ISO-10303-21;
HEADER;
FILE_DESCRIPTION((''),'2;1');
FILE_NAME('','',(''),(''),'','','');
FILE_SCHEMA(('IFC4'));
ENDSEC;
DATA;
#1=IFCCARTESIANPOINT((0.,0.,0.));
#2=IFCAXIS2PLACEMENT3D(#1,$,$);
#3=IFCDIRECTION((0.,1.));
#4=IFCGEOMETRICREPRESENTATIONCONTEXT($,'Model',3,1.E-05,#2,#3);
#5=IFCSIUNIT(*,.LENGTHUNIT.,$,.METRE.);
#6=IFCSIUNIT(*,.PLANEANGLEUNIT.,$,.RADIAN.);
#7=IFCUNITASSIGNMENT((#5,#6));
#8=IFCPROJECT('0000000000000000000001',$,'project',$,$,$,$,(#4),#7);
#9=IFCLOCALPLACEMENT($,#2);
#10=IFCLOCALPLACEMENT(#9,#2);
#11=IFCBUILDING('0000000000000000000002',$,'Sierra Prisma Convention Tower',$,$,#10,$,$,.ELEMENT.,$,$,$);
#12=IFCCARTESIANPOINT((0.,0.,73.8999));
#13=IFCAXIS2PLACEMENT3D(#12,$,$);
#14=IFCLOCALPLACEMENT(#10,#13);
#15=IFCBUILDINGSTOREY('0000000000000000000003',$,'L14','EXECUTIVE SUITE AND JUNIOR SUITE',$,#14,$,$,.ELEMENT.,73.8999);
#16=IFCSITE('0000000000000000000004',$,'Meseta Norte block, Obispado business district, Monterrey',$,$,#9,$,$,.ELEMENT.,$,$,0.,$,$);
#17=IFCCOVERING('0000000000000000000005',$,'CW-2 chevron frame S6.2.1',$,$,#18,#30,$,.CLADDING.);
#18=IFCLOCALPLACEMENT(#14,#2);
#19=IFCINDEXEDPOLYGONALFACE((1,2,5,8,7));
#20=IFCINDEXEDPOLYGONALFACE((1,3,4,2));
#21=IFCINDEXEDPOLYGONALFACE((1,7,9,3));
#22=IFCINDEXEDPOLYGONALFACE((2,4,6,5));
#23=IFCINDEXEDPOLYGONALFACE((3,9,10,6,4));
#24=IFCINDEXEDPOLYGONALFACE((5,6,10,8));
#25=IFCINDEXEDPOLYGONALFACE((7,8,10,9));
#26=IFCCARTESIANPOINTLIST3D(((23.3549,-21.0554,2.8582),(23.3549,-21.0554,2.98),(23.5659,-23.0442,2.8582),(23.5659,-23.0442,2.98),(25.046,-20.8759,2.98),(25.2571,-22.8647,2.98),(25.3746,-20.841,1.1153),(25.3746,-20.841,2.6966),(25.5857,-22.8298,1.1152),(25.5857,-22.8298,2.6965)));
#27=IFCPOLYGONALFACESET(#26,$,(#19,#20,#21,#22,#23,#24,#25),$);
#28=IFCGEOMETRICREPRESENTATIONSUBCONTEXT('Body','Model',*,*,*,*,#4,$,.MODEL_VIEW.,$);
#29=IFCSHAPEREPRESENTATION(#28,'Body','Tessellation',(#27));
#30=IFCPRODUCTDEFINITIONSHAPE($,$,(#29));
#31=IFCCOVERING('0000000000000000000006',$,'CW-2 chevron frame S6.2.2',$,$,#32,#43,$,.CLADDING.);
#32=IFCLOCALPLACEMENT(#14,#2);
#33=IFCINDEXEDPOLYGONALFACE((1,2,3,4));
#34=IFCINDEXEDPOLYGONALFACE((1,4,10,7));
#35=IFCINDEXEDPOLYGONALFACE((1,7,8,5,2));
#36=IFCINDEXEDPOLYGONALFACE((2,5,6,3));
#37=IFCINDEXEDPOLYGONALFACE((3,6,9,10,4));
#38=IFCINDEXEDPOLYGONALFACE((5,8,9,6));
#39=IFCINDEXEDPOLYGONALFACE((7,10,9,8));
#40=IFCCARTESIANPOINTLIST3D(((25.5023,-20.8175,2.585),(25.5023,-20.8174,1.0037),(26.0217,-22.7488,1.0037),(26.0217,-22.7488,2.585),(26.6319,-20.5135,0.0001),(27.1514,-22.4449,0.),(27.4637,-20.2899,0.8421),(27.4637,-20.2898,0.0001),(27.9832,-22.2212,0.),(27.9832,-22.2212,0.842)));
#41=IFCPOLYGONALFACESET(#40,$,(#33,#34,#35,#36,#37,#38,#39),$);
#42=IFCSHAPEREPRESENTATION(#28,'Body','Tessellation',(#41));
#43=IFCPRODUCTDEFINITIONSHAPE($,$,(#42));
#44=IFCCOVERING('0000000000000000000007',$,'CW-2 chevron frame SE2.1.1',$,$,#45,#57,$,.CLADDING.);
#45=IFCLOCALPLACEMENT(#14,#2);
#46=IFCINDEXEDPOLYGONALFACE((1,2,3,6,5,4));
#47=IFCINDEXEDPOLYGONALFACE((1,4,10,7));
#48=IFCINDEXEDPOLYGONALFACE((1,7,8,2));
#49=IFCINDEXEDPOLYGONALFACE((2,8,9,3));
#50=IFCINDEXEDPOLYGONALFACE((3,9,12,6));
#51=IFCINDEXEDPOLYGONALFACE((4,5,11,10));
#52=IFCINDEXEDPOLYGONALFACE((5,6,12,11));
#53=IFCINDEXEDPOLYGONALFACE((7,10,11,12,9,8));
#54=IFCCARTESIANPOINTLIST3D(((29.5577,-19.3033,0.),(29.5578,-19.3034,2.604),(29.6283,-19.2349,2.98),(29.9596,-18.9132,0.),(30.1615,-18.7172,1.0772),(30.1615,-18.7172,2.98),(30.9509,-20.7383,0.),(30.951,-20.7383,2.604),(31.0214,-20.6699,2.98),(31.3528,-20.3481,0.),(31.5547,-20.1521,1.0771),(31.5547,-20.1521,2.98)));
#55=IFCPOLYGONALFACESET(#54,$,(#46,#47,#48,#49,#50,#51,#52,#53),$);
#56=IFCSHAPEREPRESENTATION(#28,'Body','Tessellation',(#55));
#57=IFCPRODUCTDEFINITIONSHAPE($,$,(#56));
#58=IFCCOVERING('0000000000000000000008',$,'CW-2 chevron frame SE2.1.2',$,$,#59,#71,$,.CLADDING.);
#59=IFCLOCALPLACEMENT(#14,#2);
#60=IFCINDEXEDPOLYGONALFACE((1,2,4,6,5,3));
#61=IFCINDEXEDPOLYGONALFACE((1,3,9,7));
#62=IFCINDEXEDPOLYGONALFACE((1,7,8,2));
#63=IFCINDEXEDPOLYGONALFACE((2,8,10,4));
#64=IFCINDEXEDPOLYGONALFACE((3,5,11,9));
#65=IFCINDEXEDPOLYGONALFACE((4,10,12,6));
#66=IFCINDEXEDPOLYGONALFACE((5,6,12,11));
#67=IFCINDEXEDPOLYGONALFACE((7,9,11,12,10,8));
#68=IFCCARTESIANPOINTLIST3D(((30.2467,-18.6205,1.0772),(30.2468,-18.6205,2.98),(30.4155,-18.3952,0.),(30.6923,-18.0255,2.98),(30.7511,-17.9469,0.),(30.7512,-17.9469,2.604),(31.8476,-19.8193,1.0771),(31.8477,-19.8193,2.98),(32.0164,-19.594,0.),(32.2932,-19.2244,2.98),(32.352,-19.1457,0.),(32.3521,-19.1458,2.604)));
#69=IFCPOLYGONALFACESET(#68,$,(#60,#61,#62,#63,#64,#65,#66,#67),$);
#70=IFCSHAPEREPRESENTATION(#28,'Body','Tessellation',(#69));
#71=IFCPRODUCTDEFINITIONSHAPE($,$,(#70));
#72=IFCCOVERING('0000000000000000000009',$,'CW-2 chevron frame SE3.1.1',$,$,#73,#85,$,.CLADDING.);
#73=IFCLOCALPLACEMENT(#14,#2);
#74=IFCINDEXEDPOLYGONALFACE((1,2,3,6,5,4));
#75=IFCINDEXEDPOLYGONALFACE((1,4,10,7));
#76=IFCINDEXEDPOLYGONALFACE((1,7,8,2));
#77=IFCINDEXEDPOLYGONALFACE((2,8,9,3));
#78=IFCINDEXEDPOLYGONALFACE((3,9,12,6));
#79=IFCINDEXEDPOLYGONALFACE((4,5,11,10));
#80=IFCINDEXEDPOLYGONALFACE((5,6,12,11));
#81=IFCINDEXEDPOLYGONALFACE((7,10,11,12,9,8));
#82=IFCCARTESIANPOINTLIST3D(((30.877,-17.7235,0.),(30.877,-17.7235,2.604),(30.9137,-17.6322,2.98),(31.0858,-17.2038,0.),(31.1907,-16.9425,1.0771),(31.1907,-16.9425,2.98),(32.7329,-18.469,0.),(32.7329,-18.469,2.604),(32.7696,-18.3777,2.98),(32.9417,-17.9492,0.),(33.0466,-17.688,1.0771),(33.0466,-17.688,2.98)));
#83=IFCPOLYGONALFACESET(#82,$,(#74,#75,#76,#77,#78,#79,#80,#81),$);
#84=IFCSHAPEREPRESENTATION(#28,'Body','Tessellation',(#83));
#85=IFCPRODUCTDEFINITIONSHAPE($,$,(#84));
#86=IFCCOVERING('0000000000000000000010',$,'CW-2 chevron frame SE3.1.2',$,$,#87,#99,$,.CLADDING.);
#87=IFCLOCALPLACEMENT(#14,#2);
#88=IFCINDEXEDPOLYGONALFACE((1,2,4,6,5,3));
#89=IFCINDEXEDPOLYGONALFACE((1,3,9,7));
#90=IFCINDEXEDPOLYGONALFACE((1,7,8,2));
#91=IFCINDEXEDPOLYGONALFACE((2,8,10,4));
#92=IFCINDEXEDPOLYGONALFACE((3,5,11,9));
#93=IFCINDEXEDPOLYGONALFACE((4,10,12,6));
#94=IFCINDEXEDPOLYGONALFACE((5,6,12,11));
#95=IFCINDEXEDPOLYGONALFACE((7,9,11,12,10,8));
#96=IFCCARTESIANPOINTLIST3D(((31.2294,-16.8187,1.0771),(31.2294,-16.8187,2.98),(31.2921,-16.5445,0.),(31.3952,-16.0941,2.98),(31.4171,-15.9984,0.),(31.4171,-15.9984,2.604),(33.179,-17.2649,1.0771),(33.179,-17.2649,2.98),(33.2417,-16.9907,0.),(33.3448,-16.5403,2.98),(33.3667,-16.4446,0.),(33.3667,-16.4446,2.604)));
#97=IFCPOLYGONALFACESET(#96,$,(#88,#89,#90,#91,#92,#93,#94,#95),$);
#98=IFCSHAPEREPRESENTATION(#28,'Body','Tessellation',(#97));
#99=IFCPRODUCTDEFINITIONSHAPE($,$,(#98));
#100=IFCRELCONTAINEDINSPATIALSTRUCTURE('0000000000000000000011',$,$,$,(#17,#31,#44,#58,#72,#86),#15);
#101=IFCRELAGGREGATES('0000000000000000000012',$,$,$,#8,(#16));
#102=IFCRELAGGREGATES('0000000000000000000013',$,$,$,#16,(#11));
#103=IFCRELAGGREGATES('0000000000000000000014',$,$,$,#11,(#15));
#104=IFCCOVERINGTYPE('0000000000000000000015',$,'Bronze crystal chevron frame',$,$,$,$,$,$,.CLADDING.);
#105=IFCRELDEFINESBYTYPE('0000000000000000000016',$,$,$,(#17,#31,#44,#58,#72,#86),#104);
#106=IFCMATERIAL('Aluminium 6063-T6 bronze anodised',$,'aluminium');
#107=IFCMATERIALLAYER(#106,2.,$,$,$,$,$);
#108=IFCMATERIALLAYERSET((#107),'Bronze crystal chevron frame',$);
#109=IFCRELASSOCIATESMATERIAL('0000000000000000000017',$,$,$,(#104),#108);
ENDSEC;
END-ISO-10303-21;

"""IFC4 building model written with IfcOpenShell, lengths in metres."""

from ifc_helpers import new_model, si_unit, direction, frame, origin, place, context, subcontext, project, spatial, polyline, outline, extrude, material, layer, layer_set, type_object, element, save


model = new_model("IFC4")

# Units and contexts
model_context = context("Model", 3, precision=1e-05, world=origin(), true_north=direction((0.0, 1.0)))
body_context = subcontext(model_context, "Body", "Model", "MODEL_VIEW")
ifc_project = project(units=[si_unit("LENGTHUNIT", "METRE"), si_unit("PLANEANGLEUNIT", "RADIAN")], contexts=[model_context])

# Site, building, storey
site_placement = place(None, origin())
site = spatial("IfcSite", under=ifc_project, at=site_placement, Name="Meseta Norte block, Obispado business district, Monterrey", CompositionType="ELEMENT", RefElevation=0.0)
building_placement = place(site_placement, origin())
building = spatial("IfcBuilding", under=site, at=building_placement, Name="Sierra Prisma Convention Tower", CompositionType="ELEMENT")
storey_placement = place(building_placement, frame((0.0, 0.0, 73.8999)))
storey = spatial("IfcBuildingStorey", under=building, at=storey_placement, Name="L14", Description="EXECUTIVE SUITE AND JUNIOR SUITE", CompositionType="ELEMENT", Elevation=73.8999)

# Coverings
ifc_material_1 = material(Name="Aluminium 6063-T6 bronze anodised", Category="aluminium")
ifc_layer_1 = layer(ifc_material_1, 2.0)
ifc_layer_set_1 = layer_set([ifc_layer_1], Name="Bronze crystal chevron frame")
covering_type = type_object("IfcCoveringType", Name="Bronze crystal chevron frame", PredefinedType="CLADDING", material=ifc_layer_set_1)
covering_1_placement = place(storey_placement, frame((23.5659, -23.0442, 2.98), z_axis=(0.105533, -0.994416, -0.000019), x_axis=(-0.000002, 0.000019, -1.0)))
element("IfcCovering", 1, at=covering_1_placement, inside=storey, type_object=covering_type, Name="CW-2 chevron frame S6.2.1", PredefinedType="CLADDING", context=body_context, shape_type="SweptSolid", body=[
    extrude(outline(polyline([(0.0, 0.0), (0.1218, 0.0), (1.8647, 2.0311), (0.2834, 2.0311), (0.0, 1.7007), (0.0, 0.0)])), origin(), (0.0, 0.0, -1.0), 2.0),
])
covering_2_placement = place(storey_placement, frame((27.9832, -22.2212, 0.0), z_axis=(0.259733, -0.965681, -0.000035), x_axis=(0.000009, -0.000034, 1.0)))
element("IfcCovering", 2, at=covering_2_placement, inside=storey, type_object=covering_type, Name="CW-2 chevron frame S6.2.2", PredefinedType="CLADDING", context=body_context, shape_type="SweptSolid", body=[
    extrude(outline(polyline([(0.0, 0.0), (0.842, 0.0), (2.585, 2.0311), (1.0037, 2.0311), (0.0, 0.8613), (0.0, 0.0)])), origin(), (0.0, 0.0, -1.0), 2.0),
])
covering_3_placement = place(storey_placement, frame((30.9509, -20.7383, 0.0), z_axis=(0.696589, -0.717471, -0.000016), x_axis=(0.717471, 0.696589, 0.0)))
element("IfcCovering", 3, at=covering_3_placement, inside=storey, type_object=covering_type, Name="CW-2 chevron frame SE2.1.1", PredefinedType="CLADDING", context=body_context, shape_type="SweptSolid", body=[
    extrude(outline(polyline([(0.0, 0.0), (0.5601, 0.0), (0.8415, 1.0771), (0.8415, 2.98), (0.0982, 2.98), (0.0, 2.604), (0.0, 0.0)])), origin(), (0.0, 0.0, -1.0), 2.0),
])
covering_4_placement = place(storey_placement, frame((31.8477, -19.8193, 2.98), z_axis=(0.800447, -0.599404, -0.00001), x_axis=(-0.000008, 0.000006, -1.0)))
element("IfcCovering", 4, at=covering_4_placement, inside=storey, type_object=covering_type, Name="CW-2 chevron frame SE2.1.2", PredefinedType="CLADDING", context=body_context, shape_type="SweptSolid", body=[
    extrude(outline(polyline([(0.0, 0.0), (1.9028, 0.0), (2.98, 0.2815), (2.98, 0.8415), (0.376, 0.8415), (0.0, 0.7433), (0.0, 0.0)])), origin(), (0.0, 0.0, -1.0), 2.0),
])
covering_5_placement = place(storey_placement, frame((32.7329, -18.469, 0.0), z_axis=(0.927938, -0.372735, 0.000002), x_axis=(0.372735, 0.927938, 0.0)))
element("IfcCovering", 5, at=covering_5_placement, inside=storey, type_object=covering_type, Name="CW-2 chevron frame SE3.1.1", PredefinedType="CLADDING", context=body_context, shape_type="SweptSolid", body=[
    extrude(outline(polyline([(0.0, 0.0), (0.5601, 0.0), (0.8417, 1.0771), (0.8417, 2.98), (0.0984, 2.98), (0.0, 2.604), (0.0, 0.0)])), origin(), (0.0, 0.0, -1.0), 2.0),
])
covering_6_placement = place(storey_placement, frame((33.179, -17.2649, 2.98), z_axis=(0.974796, -0.223096, 0.000011), x_axis=(0.000011, -0.000003, -1.0)))
element("IfcCovering", 6, at=covering_6_placement, inside=storey, type_object=covering_type, Name="CW-2 chevron frame SE3.1.2", PredefinedType="CLADDING", context=body_context, shape_type="SweptSolid", body=[
    extrude(outline(polyline([(0.0, 0.0), (1.9028, 0.0), (2.98, 0.2813), (2.98, 0.8415), (0.376, 0.8415), (0.0, 0.7433), (0.0, 0.0)])), origin(), (0.0, 0.0, -1.0), 2.0),
])

save(model, "model.ifc")
